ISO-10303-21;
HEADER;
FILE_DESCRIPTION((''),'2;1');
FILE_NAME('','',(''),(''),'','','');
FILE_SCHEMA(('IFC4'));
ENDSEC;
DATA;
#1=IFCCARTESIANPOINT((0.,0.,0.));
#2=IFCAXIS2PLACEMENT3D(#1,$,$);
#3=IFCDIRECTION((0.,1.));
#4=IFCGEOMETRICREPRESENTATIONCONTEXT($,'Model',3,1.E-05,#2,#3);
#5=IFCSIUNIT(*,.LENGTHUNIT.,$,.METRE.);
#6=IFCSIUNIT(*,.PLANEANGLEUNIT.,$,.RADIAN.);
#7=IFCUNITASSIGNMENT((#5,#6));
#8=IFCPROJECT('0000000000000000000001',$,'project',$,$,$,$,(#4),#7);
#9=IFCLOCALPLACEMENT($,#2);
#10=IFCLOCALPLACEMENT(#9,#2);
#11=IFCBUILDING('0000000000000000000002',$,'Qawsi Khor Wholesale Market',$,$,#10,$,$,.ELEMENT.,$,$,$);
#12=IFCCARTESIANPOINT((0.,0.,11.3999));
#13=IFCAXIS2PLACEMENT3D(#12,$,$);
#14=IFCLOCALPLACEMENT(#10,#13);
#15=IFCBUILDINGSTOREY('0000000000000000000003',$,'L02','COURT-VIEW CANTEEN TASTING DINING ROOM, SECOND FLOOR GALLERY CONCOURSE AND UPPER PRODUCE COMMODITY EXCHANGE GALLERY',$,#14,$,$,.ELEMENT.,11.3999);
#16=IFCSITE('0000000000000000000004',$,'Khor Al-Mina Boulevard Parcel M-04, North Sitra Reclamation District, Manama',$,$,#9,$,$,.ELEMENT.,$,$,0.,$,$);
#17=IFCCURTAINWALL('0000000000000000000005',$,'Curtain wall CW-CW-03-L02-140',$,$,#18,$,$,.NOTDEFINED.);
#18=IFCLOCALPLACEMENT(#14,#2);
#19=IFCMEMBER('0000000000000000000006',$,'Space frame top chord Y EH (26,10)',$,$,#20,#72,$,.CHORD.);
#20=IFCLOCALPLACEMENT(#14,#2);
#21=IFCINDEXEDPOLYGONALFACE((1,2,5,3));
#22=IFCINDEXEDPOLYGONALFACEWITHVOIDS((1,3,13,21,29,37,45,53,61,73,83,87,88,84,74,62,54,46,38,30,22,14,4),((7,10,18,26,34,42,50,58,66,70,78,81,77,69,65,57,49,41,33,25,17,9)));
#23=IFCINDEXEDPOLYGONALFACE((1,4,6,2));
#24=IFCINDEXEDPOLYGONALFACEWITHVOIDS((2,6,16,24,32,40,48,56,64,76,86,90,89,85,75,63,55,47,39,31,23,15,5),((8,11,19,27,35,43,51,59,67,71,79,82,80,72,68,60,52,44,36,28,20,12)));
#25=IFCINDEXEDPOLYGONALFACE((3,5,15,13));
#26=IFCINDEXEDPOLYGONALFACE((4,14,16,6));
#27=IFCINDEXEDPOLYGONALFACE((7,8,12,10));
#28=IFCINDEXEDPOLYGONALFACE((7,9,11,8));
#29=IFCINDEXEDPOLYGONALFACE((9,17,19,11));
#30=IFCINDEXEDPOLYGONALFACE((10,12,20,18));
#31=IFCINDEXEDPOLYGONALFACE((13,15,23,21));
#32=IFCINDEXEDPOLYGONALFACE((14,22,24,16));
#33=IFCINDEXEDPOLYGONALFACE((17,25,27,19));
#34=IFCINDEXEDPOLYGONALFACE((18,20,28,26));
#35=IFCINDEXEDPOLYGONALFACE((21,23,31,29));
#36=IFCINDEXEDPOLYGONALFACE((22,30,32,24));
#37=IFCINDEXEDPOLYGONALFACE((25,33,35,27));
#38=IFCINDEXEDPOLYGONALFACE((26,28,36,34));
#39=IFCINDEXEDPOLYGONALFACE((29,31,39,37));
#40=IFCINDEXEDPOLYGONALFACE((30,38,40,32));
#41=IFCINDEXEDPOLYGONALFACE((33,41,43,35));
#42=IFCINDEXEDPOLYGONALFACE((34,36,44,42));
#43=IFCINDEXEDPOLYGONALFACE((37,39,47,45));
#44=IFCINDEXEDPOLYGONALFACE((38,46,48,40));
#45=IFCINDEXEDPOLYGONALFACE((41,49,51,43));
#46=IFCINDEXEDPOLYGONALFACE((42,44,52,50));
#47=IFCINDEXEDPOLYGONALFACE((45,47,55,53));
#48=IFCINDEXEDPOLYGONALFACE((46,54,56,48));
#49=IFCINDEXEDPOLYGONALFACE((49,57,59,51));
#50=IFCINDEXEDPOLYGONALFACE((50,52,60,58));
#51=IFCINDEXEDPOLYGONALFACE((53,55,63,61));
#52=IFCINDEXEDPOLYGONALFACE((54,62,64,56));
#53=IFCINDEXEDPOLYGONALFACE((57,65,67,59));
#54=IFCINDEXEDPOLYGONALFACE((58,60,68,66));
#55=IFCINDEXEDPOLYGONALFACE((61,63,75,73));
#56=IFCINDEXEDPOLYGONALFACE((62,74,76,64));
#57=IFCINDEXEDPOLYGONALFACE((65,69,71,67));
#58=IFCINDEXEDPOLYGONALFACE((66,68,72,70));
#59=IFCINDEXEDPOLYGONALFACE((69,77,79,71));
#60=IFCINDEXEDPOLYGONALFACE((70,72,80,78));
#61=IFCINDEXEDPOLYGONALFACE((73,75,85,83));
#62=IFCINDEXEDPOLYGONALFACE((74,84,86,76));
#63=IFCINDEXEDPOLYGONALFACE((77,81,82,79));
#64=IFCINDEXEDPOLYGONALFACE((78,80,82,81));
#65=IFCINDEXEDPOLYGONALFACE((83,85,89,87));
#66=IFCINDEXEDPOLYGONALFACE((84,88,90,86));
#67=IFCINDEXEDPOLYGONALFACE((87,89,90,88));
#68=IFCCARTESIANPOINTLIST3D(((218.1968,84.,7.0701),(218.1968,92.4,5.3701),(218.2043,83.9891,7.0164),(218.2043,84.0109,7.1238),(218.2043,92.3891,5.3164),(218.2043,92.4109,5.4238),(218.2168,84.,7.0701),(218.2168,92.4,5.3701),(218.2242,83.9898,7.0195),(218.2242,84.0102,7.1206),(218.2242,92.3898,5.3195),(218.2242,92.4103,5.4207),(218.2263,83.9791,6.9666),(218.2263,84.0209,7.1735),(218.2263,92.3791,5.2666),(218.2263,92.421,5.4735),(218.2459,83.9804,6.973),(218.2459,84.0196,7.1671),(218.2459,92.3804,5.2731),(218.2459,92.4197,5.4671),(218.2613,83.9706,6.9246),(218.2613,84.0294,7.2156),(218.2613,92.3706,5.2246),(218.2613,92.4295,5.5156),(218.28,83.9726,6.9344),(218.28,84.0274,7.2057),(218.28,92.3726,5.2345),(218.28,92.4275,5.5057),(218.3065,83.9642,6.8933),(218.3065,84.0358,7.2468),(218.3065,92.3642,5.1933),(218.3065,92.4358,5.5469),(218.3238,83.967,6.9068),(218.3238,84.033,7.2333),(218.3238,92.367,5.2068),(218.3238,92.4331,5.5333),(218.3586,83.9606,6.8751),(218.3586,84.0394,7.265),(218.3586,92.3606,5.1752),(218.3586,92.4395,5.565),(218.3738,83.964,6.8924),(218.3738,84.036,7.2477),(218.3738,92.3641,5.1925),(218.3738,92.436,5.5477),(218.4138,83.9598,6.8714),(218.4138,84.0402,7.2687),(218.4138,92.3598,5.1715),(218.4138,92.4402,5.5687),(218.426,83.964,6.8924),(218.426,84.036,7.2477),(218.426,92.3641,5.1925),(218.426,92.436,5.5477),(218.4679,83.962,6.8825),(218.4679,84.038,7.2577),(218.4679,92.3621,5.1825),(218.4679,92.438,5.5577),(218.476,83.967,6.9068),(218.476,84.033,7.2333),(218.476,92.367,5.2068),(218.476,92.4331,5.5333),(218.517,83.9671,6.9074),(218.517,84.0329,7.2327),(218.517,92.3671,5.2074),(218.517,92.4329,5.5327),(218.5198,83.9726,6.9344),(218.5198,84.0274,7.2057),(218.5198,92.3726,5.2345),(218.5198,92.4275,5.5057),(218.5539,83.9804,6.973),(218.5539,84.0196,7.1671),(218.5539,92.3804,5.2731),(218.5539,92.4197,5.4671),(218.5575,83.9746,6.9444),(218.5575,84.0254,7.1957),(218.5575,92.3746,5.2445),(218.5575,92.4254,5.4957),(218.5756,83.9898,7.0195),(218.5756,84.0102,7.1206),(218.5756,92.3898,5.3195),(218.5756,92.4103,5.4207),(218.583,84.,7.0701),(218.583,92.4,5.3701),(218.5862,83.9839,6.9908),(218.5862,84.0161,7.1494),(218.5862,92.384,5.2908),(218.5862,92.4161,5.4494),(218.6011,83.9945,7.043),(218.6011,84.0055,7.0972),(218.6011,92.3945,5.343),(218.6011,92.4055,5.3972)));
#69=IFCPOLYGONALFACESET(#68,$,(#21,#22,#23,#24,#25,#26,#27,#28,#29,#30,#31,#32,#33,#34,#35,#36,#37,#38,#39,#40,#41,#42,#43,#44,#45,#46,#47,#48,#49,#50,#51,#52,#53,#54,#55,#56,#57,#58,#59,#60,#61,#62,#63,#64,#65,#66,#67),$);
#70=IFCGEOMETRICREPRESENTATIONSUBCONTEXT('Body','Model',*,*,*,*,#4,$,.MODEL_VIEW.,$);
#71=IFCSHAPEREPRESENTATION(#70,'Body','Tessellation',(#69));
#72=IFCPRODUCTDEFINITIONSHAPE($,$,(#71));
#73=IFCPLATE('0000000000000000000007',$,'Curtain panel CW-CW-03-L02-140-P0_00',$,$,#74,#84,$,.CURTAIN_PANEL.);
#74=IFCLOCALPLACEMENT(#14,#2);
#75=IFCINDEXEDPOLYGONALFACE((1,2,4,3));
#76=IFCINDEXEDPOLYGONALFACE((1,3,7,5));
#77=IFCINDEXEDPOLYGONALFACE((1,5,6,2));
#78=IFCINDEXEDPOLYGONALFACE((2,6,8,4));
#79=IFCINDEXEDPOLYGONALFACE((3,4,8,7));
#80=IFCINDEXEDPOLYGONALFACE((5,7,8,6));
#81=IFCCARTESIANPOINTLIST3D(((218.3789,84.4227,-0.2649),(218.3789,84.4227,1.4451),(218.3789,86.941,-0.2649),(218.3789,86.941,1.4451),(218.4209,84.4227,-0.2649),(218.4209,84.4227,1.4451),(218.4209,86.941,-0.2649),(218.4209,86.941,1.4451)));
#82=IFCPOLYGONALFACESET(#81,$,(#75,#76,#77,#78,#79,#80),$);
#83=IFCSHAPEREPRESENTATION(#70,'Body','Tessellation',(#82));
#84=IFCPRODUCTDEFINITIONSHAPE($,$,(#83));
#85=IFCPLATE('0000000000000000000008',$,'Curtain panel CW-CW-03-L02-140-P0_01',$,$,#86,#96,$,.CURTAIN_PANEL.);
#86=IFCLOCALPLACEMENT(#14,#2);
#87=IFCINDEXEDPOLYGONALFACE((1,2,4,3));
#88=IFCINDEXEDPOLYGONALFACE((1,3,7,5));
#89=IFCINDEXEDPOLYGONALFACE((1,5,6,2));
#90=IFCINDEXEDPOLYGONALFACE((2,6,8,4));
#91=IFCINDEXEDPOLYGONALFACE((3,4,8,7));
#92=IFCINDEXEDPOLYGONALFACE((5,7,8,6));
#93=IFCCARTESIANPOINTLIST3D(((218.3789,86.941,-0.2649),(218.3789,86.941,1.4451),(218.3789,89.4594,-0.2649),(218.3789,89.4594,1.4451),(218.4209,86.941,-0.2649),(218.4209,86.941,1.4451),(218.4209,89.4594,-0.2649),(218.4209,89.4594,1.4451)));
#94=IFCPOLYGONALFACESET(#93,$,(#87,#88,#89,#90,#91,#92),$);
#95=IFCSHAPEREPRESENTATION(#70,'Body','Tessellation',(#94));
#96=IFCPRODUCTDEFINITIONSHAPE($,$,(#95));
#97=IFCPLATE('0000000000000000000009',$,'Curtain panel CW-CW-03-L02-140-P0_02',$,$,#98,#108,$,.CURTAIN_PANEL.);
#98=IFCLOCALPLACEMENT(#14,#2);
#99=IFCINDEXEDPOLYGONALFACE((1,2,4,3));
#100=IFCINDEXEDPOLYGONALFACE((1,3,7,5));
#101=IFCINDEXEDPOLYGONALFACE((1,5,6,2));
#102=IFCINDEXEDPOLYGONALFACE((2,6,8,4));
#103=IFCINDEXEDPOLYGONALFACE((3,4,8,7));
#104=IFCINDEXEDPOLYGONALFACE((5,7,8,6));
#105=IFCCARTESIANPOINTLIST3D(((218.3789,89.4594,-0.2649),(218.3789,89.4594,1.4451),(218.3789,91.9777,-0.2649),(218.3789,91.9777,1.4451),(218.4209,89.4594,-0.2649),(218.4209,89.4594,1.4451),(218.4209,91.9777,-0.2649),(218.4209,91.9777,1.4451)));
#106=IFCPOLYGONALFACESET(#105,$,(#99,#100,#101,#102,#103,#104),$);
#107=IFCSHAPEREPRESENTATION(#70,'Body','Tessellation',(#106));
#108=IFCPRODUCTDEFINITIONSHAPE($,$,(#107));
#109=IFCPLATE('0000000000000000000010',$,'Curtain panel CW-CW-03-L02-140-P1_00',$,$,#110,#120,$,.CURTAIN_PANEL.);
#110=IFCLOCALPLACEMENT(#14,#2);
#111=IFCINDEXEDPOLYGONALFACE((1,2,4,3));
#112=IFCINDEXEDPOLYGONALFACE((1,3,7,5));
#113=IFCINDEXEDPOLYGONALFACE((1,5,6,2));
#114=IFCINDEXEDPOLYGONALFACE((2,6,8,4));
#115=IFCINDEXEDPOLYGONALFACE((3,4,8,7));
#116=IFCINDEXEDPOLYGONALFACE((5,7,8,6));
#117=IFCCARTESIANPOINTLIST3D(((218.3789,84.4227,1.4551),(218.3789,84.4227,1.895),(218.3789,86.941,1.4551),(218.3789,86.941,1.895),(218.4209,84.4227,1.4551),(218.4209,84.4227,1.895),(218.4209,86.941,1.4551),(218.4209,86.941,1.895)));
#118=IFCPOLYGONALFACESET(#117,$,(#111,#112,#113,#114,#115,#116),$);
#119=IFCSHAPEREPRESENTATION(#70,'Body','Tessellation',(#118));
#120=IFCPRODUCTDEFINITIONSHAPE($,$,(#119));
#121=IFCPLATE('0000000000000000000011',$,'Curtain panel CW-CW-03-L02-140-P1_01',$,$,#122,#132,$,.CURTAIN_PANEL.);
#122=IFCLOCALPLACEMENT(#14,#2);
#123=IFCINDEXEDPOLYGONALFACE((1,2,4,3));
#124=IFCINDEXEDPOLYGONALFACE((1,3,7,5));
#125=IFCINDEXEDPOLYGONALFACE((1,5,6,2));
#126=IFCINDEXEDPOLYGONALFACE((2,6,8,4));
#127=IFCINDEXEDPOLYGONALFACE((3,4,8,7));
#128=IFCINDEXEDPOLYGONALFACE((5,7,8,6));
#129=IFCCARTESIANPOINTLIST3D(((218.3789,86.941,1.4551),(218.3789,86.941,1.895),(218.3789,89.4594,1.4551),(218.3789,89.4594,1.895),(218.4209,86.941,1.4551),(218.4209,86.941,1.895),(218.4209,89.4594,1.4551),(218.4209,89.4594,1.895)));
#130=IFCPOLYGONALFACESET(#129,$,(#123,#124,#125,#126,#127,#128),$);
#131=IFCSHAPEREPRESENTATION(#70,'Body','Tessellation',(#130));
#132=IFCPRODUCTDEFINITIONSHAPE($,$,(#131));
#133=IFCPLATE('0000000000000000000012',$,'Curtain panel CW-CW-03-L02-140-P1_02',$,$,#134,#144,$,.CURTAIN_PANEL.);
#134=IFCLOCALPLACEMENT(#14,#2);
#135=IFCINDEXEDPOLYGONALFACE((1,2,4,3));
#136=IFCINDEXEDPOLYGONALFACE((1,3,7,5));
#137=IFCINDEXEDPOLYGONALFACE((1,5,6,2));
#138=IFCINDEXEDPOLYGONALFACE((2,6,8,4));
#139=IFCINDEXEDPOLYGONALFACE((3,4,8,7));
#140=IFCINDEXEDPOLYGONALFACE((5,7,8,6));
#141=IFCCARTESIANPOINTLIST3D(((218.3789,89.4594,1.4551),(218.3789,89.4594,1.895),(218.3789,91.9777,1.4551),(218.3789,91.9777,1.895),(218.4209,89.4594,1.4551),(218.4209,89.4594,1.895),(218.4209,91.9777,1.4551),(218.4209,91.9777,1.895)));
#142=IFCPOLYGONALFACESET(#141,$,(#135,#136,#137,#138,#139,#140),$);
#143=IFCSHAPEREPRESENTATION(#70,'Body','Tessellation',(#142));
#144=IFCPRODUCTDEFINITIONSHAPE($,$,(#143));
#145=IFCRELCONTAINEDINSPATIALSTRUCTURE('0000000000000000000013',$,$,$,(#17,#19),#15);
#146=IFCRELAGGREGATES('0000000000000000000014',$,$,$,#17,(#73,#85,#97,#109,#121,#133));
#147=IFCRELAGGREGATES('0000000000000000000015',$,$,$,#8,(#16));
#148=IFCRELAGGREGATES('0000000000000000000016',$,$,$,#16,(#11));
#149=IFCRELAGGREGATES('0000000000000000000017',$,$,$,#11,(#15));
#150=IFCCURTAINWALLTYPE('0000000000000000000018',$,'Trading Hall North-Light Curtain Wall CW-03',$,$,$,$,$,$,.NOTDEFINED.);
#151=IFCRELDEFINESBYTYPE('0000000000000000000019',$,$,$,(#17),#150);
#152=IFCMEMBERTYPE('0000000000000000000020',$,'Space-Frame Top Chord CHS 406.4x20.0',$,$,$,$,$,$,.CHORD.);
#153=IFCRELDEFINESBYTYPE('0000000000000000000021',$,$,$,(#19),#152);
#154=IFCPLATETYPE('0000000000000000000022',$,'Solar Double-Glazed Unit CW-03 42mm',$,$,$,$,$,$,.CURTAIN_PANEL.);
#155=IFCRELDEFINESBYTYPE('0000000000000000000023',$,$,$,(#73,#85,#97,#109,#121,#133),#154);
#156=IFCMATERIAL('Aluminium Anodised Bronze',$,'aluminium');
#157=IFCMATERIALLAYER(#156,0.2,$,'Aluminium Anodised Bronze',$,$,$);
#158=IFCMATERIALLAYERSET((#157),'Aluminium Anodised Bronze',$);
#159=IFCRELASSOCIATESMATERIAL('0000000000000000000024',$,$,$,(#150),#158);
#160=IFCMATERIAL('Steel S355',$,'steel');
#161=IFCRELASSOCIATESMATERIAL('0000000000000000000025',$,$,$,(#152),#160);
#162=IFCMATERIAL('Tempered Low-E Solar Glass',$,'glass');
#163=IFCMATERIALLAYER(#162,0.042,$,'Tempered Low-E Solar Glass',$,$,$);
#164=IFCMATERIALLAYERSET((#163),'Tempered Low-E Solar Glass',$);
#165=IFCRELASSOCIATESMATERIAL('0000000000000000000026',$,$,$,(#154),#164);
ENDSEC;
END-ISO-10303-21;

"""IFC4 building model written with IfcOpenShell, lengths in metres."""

from ifc_helpers import new_model, si_unit, direction, frame, frame_2d, origin, origin_2d, place, context, subcontext, project, spatial, rectangle, hollow_circle, extrude, material, layer, layer_set, material_profile, profile_set, type_object, element, aggregate, save


model = new_model("IFC4")

# Units and contexts
model_context = context("Model", 3, precision=1e-05, world=origin(), true_north=direction((0.0, 1.0)))
body_context = subcontext(model_context, "Body", "Model", "MODEL_VIEW")
ifc_project = project(units=[si_unit("LENGTHUNIT", "METRE"), si_unit("PLANEANGLEUNIT", "RADIAN")], contexts=[model_context])

# Site, building, storey
site_placement = place(None, origin())
site = spatial("IfcSite", under=ifc_project, at=site_placement, Name="Khor Al-Mina Boulevard Parcel M-04, North Sitra Reclamation District, Manama", CompositionType="ELEMENT", RefElevation=0.0)
building_placement = place(site_placement, origin())
building = spatial("IfcBuilding", under=site, at=building_placement, Name="Qawsi Khor Wholesale Market", CompositionType="ELEMENT")
storey_placement = place(building_placement, frame((0.0, 0.0, 11.3999)))
storey = spatial("IfcBuildingStorey", under=building, at=storey_placement, Name="L02", Description="COURT-VIEW CANTEEN TASTING DINING ROOM, SECOND FLOOR GALLERY CONCOURSE AND UPPER PRODUCE COMMODITY EXCHANGE GALLERY", CompositionType="ELEMENT", Elevation=11.3999)

# Curtain wall
ifc_material_1 = material(Name="Aluminium Anodised Bronze", Category="aluminium")
ifc_layer_1 = layer(ifc_material_1, 0.2, Name="Aluminium Anodised Bronze")
ifc_layer_set_1 = layer_set([ifc_layer_1], Name="Aluminium Anodised Bronze")
curtain_wall_type = type_object("IfcCurtainWallType", Name="Trading Hall North-Light Curtain Wall CW-03", PredefinedType="NOTDEFINED", material=ifc_layer_set_1)
curtain_wall_placement = place(storey_placement, origin())
curtain_wall = element("IfcCurtainWall", 1, at=curtain_wall_placement, inside=storey, type_object=curtain_wall_type, Name="Curtain wall CW-CW-03-L02-140", PredefinedType="NOTDEFINED")

# Member
ifc_material_2 = material(Name="Steel S355", Category="steel")
ifc_material_profile_1 = material_profile(ifc_material_2, hollow_circle(Radius=0.2031, WallThickness=0.02, at=origin_2d()), Name="CHS 406.4x20.0")
ifc_profile_set_1 = profile_set([ifc_material_profile_1], Name="Steel S355")
member_type_1 = type_object("IfcMemberType", Name="Space-Frame Top Chord CHS 406.4x20.0", PredefinedType="CHORD", material=ifc_profile_set_1)
member_1_placement = place(storey_placement, frame((218.3999, 84.0, 7.0701), z_axis=(0.0, 0.98013, -0.198356), x_axis=(-1.0, 0.0, 0.0)))
element("IfcMember", 2, at=member_1_placement, inside=storey, type_object=member_type_1, Name="Space frame top chord Y EH (26,10)", PredefinedType="CHORD", context=body_context, shape_type="SweptSolid", body=[
    extrude(hollow_circle(Radius=0.2031, WallThickness=0.02, at=origin_2d()), origin(), (0.0, 0.0, 1.0), 8.5703),
])

# Plates
ifc_material_3 = material(Name="Tempered Low-E Solar Glass", Category="glass")
ifc_layer_2 = layer(ifc_material_3, 0.042, Name="Tempered Low-E Solar Glass")
ifc_layer_set_2 = layer_set([ifc_layer_2], Name="Tempered Low-E Solar Glass")
plate_type = type_object("IfcPlateType", Name="Solar Double-Glazed Unit CW-03 42mm", PredefinedType="CURTAIN_PANEL", material=ifc_layer_set_2)
plate_1_placement = place(storey_placement, frame((218.3999, 84.4226, -0.2649), z_axis=(0.0, 0.0, 1.0), x_axis=(0.0, 1.0, 0.0)))
plate_1 = element("IfcPlate", 3, at=plate_1_placement, type_object=plate_type, Name="Curtain panel CW-CW-03-L02-140-P0_00", PredefinedType="CURTAIN_PANEL", context=body_context, shape_type="SweptSolid", body=[
    extrude(rectangle(XDim=2.5183, YDim=0.042, at=frame_2d((1.2593, 0.0))), origin(), (0.0, 0.0, 1.0), 1.71),
])
plate_2_placement = place(storey_placement, frame((218.3999, 86.9409, -0.2649), z_axis=(0.0, 0.0, 1.0), x_axis=(0.0, 1.0, 0.0)))
plate_2 = element("IfcPlate", 4, at=plate_2_placement, type_object=plate_type, Name="Curtain panel CW-CW-03-L02-140-P0_01", PredefinedType="CURTAIN_PANEL", context=body_context, shape_type="SweptSolid", body=[
    extrude(rectangle(XDim=2.5183, YDim=0.042, at=frame_2d((1.2593, 0.0))), origin(), (0.0, 0.0, 1.0), 1.71),
])
plate_3_placement = place(storey_placement, frame((218.3999, 89.4592, -0.2649), z_axis=(0.0, 0.0, 1.0), x_axis=(0.0, 1.0, 0.0)))
plate_3 = element("IfcPlate", 5, at=plate_3_placement, type_object=plate_type, Name="Curtain panel CW-CW-03-L02-140-P0_02", PredefinedType="CURTAIN_PANEL", context=body_context, shape_type="SweptSolid", body=[
    extrude(rectangle(XDim=2.5183, YDim=0.042, at=frame_2d((1.2593, 0.0))), origin(), (0.0, 0.0, 1.0), 1.71),
])
plate_4_placement = place(storey_placement, frame((218.3999, 84.4226, 1.4551), z_axis=(0.0, 0.0, 1.0), x_axis=(0.0, 1.0, 0.0)))
plate_4 = element("IfcPlate", 6, at=plate_4_placement, type_object=plate_type, Name="Curtain panel CW-CW-03-L02-140-P1_00", PredefinedType="CURTAIN_PANEL", context=body_context, shape_type="SweptSolid", body=[
    extrude(rectangle(XDim=2.5183, YDim=0.042, at=frame_2d((1.2593, 0.0))), origin(), (0.0, 0.0, 1.0), 0.4399),
])
plate_5_placement = place(storey_placement, frame((218.3999, 86.9409, 1.4551), z_axis=(0.0, 0.0, 1.0), x_axis=(0.0, 1.0, 0.0)))
plate_5 = element("IfcPlate", 7, at=plate_5_placement, type_object=plate_type, Name="Curtain panel CW-CW-03-L02-140-P1_01", PredefinedType="CURTAIN_PANEL", context=body_context, shape_type="SweptSolid", body=[
    extrude(rectangle(XDim=2.5183, YDim=0.042, at=frame_2d((1.2593, 0.0))), origin(), (0.0, 0.0, 1.0), 0.4399),
])
plate_6_placement = place(storey_placement, frame((218.3999, 89.4592, 1.4551), z_axis=(0.0, 0.0, 1.0), x_axis=(0.0, 1.0, 0.0)))
plate_6 = element("IfcPlate", 8, at=plate_6_placement, type_object=plate_type, Name="Curtain panel CW-CW-03-L02-140-P1_02", PredefinedType="CURTAIN_PANEL", context=body_context, shape_type="SweptSolid", body=[
    extrude(rectangle(XDim=2.5183, YDim=0.042, at=frame_2d((1.2593, 0.0))), origin(), (0.0, 0.0, 1.0), 0.4399),
])
aggregate(curtain_wall, [plate_1, plate_2, plate_3, plate_4, plate_5, plate_6])

save(model, "model.ifc")
